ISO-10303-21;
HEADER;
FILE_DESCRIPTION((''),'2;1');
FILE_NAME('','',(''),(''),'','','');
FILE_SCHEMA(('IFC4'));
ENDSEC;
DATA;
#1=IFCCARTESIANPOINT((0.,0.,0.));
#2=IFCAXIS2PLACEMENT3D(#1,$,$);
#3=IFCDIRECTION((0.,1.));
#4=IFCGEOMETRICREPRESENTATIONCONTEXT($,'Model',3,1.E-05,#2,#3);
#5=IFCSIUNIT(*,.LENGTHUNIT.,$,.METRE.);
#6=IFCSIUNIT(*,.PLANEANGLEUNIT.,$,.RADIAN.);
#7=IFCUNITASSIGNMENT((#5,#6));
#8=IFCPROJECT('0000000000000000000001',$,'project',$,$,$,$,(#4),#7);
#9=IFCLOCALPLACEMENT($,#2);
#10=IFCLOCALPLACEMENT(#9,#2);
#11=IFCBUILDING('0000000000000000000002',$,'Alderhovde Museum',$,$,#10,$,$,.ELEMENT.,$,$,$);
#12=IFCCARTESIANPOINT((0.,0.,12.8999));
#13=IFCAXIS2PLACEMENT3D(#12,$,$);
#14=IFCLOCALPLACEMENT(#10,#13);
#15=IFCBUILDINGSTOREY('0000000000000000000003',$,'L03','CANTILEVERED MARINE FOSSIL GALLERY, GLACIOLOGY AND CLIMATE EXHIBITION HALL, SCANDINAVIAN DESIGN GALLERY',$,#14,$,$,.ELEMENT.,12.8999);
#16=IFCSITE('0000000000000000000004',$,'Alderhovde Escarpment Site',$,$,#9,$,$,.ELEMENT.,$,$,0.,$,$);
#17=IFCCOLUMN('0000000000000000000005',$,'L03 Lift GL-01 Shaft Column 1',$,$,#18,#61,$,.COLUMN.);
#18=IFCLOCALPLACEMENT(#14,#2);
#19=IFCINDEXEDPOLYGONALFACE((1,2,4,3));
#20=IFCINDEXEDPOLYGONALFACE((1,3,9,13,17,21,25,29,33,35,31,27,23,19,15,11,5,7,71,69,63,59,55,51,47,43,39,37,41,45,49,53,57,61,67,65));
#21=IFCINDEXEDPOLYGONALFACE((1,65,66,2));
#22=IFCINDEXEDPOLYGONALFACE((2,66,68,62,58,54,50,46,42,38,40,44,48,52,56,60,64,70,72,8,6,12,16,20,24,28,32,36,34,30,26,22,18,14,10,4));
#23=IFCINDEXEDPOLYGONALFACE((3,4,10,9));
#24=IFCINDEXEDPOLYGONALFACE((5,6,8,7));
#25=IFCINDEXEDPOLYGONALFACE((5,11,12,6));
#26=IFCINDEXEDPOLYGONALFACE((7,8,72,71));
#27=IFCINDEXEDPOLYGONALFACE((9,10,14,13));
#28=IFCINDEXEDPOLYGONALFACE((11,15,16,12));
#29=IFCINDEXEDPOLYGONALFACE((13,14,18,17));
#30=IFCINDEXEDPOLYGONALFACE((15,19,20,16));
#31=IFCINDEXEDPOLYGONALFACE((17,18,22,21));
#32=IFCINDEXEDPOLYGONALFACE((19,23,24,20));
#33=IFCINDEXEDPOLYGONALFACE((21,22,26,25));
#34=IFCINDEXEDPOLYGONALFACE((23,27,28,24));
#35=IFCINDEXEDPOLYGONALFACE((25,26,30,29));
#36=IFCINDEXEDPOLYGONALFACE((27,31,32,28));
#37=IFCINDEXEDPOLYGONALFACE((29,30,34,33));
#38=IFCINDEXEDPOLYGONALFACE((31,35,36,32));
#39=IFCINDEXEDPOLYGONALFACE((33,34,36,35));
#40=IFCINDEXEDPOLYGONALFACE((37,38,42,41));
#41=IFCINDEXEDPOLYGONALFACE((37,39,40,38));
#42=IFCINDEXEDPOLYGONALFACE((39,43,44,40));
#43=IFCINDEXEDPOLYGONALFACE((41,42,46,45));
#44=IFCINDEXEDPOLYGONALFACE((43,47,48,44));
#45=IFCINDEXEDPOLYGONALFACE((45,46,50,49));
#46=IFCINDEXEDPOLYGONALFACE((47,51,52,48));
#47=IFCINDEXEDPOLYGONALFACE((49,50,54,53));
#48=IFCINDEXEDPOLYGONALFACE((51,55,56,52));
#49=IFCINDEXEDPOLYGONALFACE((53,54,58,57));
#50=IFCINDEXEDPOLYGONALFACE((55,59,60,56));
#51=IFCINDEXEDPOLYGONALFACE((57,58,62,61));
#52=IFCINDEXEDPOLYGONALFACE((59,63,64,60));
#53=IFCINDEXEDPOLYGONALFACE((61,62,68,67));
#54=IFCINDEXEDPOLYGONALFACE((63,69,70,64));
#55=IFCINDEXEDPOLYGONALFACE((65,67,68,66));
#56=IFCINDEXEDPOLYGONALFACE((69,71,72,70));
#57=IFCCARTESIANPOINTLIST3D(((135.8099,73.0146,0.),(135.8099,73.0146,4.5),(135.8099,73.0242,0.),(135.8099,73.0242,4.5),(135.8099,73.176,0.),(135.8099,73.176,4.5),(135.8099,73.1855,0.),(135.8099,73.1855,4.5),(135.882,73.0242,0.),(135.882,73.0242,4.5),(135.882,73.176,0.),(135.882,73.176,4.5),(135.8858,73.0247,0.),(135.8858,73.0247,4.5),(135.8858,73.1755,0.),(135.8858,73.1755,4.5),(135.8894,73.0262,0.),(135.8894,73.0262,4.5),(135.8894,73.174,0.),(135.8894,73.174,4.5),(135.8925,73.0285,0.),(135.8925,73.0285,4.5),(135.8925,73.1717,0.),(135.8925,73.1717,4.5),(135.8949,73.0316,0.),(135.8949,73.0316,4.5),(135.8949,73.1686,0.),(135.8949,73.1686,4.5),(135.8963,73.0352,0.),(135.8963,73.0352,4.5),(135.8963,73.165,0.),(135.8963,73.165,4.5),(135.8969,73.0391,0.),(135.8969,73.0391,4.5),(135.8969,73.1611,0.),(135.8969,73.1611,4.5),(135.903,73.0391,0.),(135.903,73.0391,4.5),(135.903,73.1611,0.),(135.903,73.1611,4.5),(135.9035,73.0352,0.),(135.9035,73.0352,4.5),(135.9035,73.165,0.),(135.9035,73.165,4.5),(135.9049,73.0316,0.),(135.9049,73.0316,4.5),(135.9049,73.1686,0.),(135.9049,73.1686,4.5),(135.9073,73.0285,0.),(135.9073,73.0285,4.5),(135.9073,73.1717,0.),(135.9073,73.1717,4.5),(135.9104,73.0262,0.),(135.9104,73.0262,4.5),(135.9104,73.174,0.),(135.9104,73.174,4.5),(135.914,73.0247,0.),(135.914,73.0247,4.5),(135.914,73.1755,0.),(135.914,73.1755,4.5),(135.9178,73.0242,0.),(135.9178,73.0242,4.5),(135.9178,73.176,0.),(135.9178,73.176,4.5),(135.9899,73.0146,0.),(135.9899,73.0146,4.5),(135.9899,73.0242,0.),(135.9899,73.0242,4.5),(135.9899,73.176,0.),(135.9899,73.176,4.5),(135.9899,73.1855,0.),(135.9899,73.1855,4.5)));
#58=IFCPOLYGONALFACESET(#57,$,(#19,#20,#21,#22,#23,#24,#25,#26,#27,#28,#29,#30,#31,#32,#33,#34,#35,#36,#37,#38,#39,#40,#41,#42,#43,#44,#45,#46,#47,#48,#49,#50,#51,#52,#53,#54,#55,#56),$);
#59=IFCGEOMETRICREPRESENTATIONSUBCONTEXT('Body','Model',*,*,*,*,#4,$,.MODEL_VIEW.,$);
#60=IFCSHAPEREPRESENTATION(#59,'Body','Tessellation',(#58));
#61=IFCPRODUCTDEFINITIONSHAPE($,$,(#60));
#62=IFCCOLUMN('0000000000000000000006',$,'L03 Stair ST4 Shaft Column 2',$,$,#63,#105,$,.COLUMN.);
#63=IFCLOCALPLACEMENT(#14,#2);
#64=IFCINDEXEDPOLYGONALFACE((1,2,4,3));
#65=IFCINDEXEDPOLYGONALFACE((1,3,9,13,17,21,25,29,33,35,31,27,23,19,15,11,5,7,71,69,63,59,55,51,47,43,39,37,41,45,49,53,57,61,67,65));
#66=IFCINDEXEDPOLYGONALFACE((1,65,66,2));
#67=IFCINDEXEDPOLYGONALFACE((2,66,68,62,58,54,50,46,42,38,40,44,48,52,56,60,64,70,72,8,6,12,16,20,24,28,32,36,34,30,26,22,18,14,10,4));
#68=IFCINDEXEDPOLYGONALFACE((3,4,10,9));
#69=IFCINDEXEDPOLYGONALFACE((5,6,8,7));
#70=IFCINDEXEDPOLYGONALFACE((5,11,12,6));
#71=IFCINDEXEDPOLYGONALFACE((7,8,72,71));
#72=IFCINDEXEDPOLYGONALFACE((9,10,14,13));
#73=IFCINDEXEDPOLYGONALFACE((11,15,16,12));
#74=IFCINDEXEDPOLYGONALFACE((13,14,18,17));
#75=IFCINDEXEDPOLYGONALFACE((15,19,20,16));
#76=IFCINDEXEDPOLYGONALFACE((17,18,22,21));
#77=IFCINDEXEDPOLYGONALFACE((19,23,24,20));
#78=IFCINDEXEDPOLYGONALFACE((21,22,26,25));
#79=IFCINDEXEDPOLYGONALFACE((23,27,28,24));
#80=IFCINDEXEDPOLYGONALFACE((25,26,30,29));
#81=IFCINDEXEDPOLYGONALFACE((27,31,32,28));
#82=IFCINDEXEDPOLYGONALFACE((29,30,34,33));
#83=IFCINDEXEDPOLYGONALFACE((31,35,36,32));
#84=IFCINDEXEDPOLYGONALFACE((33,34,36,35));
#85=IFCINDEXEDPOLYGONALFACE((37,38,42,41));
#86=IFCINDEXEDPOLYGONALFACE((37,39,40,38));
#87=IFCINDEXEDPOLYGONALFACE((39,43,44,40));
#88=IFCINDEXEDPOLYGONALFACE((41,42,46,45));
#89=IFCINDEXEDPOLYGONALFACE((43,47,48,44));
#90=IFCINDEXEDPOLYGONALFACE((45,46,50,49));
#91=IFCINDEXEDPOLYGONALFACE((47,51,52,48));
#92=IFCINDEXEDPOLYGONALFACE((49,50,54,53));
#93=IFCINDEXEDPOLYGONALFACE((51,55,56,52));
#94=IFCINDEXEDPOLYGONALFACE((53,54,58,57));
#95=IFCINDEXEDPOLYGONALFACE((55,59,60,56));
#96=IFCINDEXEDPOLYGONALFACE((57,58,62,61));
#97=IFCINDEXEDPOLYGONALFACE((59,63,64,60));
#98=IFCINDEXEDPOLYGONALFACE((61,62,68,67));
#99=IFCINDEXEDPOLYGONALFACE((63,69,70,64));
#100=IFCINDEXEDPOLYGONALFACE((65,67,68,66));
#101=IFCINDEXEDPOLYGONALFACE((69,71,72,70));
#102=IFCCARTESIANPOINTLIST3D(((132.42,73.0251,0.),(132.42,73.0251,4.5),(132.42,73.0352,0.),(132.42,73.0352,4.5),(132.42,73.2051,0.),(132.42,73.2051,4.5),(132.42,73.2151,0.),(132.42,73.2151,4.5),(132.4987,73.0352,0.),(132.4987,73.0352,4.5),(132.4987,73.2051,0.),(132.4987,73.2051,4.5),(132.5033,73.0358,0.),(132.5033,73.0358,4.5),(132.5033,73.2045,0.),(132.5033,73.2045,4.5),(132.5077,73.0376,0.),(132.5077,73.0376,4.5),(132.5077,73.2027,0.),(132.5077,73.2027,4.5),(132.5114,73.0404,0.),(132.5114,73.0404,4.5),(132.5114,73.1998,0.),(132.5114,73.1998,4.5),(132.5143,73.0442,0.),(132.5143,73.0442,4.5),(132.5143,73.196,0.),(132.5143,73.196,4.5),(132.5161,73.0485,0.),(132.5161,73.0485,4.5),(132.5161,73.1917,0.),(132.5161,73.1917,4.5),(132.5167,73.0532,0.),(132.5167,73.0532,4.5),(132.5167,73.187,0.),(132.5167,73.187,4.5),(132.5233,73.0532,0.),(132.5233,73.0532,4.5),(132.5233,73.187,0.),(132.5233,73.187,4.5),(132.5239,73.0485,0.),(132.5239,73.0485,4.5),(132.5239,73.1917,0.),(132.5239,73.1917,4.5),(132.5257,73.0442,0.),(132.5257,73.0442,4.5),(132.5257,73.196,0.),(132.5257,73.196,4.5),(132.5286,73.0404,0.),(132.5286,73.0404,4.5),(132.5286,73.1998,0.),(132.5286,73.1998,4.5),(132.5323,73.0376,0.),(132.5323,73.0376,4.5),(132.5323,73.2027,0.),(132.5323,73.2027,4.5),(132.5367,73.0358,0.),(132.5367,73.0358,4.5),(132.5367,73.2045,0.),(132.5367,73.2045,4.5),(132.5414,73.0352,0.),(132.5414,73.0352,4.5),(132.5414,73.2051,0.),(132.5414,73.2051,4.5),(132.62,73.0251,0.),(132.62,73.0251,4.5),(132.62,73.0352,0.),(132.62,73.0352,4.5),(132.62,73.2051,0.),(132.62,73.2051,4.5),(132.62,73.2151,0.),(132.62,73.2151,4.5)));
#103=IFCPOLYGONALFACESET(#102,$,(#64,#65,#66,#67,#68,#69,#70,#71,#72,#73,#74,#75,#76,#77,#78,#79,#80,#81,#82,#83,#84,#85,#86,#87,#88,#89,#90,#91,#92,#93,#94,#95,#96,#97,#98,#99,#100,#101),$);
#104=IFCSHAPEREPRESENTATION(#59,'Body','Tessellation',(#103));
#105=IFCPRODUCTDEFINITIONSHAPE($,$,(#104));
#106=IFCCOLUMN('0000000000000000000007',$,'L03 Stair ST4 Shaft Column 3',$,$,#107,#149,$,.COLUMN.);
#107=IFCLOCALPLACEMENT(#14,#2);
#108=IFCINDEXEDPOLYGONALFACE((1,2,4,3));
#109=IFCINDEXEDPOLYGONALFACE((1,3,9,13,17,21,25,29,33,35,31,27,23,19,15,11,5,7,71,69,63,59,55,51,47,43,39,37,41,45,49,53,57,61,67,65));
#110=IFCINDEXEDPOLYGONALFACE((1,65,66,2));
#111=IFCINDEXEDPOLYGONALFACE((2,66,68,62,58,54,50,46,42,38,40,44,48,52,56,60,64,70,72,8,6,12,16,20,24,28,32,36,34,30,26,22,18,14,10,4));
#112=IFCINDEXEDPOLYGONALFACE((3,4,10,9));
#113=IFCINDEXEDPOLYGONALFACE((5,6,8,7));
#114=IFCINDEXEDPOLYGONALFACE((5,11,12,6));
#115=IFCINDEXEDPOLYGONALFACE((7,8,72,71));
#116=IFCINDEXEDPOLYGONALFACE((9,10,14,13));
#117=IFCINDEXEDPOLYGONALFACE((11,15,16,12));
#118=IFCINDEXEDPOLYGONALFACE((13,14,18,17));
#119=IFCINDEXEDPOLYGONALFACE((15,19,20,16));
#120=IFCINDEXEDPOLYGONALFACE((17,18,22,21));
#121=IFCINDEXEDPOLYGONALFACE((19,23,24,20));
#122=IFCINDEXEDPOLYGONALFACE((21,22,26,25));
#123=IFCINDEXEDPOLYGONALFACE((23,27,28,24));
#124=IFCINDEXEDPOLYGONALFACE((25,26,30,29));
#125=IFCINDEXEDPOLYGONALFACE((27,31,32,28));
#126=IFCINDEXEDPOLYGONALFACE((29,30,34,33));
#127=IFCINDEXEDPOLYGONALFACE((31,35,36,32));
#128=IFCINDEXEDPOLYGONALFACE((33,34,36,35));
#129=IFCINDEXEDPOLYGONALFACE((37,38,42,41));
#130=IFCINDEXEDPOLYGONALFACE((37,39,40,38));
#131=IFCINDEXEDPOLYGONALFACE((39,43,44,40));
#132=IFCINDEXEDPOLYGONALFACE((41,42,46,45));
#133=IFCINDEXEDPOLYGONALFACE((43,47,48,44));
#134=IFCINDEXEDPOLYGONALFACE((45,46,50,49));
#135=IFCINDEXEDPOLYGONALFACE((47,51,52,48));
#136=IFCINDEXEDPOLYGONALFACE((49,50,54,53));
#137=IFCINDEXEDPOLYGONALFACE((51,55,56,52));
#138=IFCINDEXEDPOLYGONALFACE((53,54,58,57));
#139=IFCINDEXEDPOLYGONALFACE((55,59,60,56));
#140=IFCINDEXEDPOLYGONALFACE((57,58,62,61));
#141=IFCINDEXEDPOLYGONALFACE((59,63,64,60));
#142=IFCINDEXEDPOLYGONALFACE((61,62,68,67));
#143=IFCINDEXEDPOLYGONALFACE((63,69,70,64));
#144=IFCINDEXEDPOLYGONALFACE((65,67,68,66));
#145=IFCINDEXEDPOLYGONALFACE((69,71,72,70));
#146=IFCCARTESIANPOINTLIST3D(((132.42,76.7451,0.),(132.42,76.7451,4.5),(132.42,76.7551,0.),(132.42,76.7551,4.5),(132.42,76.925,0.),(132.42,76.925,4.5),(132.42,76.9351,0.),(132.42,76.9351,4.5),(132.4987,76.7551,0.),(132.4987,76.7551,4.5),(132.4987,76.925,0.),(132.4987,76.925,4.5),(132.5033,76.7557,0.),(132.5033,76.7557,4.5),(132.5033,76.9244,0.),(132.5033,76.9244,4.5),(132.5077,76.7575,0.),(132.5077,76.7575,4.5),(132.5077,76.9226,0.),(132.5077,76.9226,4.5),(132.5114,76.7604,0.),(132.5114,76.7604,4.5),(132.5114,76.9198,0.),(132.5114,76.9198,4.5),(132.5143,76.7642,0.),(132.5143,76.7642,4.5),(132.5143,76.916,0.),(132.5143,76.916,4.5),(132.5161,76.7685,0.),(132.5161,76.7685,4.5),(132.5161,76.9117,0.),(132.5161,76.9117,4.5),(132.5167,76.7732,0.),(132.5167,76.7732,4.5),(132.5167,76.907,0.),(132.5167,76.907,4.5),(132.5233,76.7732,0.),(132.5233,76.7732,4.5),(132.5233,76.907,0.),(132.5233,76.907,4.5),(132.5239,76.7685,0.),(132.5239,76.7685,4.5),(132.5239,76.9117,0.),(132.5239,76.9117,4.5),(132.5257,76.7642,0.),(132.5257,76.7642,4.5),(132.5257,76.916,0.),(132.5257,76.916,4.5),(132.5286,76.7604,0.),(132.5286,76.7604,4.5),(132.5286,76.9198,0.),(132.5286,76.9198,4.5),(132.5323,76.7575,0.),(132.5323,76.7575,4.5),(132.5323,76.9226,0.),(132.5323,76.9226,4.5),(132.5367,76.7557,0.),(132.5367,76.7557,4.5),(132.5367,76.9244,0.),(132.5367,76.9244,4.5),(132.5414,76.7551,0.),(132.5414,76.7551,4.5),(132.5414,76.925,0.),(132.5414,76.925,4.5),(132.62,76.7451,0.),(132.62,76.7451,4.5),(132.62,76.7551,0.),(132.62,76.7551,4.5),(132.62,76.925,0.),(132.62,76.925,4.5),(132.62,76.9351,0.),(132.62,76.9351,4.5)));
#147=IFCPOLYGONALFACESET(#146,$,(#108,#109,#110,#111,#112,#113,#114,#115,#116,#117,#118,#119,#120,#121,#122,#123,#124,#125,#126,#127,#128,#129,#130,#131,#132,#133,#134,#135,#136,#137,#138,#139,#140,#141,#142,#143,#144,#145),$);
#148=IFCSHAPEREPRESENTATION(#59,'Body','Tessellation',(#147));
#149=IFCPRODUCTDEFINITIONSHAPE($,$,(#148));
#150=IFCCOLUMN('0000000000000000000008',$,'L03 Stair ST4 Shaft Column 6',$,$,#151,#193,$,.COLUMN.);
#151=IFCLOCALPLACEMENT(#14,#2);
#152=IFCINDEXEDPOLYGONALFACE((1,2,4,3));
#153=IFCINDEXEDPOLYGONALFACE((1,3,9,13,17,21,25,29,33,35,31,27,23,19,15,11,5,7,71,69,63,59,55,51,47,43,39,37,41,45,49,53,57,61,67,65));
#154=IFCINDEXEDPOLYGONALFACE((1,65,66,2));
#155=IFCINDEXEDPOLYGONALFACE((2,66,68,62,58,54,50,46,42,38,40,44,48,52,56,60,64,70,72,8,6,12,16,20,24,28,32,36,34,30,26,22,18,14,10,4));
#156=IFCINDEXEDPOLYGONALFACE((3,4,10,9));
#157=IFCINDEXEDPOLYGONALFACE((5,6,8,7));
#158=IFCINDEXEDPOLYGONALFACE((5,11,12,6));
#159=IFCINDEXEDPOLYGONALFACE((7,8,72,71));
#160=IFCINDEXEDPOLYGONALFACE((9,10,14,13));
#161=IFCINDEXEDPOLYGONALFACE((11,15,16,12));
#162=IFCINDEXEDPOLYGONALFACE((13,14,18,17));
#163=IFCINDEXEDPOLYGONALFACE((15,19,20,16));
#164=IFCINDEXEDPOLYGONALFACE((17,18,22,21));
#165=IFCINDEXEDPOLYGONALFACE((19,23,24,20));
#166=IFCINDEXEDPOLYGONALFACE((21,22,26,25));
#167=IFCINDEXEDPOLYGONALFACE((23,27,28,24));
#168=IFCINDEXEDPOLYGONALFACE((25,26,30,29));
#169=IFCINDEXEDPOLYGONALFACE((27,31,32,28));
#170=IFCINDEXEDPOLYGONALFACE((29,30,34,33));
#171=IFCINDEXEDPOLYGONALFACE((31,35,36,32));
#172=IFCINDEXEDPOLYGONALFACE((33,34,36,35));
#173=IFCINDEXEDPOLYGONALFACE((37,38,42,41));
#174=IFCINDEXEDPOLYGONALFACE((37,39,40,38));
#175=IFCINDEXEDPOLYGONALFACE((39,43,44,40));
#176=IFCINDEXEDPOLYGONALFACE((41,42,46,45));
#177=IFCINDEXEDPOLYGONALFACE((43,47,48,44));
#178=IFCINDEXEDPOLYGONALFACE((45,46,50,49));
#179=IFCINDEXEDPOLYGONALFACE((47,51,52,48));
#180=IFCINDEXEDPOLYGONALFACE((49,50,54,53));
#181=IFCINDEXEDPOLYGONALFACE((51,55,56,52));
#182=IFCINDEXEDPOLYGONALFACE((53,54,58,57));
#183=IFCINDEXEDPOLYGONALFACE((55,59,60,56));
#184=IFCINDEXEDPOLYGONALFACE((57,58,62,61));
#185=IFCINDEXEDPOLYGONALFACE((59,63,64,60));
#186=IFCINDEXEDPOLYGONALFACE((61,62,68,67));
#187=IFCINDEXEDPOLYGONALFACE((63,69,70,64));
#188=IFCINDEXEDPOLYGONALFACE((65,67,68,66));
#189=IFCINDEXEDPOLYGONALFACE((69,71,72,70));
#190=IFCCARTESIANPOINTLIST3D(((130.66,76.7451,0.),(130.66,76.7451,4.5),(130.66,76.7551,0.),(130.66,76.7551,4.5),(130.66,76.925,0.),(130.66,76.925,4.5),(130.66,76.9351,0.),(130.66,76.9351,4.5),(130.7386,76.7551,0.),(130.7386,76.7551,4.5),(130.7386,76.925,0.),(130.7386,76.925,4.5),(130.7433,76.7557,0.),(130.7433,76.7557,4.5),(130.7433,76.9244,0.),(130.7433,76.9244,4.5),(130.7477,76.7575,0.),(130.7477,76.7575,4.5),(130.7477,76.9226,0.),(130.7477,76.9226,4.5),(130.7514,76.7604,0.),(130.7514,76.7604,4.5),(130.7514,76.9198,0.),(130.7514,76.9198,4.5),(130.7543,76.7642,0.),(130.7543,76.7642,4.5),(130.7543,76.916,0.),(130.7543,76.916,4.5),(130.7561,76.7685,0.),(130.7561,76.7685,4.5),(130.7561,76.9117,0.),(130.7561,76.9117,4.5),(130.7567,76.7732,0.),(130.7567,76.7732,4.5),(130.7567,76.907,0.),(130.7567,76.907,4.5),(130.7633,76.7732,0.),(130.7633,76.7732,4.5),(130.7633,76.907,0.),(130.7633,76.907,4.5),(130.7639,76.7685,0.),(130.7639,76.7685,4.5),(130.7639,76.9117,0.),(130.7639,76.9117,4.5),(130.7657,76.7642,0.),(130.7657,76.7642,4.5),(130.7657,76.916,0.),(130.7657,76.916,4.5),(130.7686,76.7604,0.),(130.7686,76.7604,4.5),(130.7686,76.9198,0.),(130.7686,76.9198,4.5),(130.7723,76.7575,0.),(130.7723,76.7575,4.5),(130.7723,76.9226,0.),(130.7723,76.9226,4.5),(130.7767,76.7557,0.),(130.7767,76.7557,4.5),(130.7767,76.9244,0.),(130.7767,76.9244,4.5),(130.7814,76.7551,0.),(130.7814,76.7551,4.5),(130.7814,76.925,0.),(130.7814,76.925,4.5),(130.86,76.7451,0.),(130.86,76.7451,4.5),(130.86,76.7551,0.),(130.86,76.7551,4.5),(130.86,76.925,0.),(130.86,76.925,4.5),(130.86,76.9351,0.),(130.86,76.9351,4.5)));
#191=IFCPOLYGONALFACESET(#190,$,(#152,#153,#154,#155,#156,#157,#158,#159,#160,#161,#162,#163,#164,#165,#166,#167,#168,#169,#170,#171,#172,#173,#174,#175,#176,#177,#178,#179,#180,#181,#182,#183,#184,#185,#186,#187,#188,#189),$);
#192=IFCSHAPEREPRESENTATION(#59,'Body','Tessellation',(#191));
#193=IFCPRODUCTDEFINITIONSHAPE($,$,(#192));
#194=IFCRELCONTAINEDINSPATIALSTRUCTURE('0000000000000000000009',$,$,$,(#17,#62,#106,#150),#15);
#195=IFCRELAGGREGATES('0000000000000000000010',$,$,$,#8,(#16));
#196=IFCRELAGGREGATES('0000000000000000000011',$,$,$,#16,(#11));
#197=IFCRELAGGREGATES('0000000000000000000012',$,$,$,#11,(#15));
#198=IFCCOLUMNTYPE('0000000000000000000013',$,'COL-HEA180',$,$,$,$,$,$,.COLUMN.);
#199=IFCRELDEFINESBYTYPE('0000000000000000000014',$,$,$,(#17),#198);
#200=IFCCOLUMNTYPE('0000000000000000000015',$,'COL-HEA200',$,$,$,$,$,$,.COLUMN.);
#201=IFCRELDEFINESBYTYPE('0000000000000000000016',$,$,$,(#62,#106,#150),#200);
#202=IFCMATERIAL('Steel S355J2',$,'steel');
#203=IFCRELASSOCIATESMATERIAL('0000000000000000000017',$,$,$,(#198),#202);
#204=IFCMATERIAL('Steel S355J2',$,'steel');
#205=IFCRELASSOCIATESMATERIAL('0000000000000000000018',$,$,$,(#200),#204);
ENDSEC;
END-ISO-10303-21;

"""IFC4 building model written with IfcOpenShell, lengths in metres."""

from ifc_helpers import new_model, si_unit, direction, frame, origin, origin_2d, place, context, subcontext, project, spatial, i_section, extrude, material, material_profile, profile_set, type_object, element, save


model = new_model("IFC4")

# Units and contexts
model_context = context("Model", 3, precision=1e-05, world=origin(), true_north=direction((0.0, 1.0)))
body_context = subcontext(model_context, "Body", "Model", "MODEL_VIEW")
ifc_project = project(units=[si_unit("LENGTHUNIT", "METRE"), si_unit("PLANEANGLEUNIT", "RADIAN")], contexts=[model_context])

# Site, building, storey
site_placement = place(None, origin())
site = spatial("IfcSite", under=ifc_project, at=site_placement, Name="Alderhovde Escarpment Site", CompositionType="ELEMENT", RefElevation=0.0)
building_placement = place(site_placement, origin())
building = spatial("IfcBuilding", under=site, at=building_placement, Name="Alderhovde Museum", CompositionType="ELEMENT")
storey_placement = place(building_placement, frame((0.0, 0.0, 12.8999)))
storey = spatial("IfcBuildingStorey", under=building, at=storey_placement, Name="L03", Description="CANTILEVERED MARINE FOSSIL GALLERY, GLACIOLOGY AND CLIMATE EXHIBITION HALL, SCANDINAVIAN DESIGN GALLERY", CompositionType="ELEMENT", Elevation=12.8999)

# Columns
ifc_material_1 = material(Name="Steel S355J2", Category="steel")
ifc_material_profile_1 = material_profile(ifc_material_1, i_section(OverallWidth=0.1799, OverallDepth=0.1709, WebThickness=0.0061, FlangeThickness=0.0095, FilletRadius=0.0149, at=origin_2d()), Name="HEA 180")
ifc_profile_set_1 = profile_set([ifc_material_profile_1], Name="Steel S355J2")
column_type_1 = type_object("IfcColumnType", Name="COL-HEA180", PredefinedType="COLUMN", material=ifc_profile_set_1)
column_1_placement = place(storey_placement, frame((135.8999, 73.1001, 0.0), z_axis=(0.0, 0.0, 1.0), x_axis=(1.0, 0.0, 0.0)))
element("IfcColumn", 1, at=column_1_placement, inside=storey, type_object=column_type_1, Name="L03 Lift GL-01 Shaft Column 1", PredefinedType="COLUMN", context=body_context, shape_type="SweptSolid", body=[
    extrude(i_section(OverallWidth=0.1799, OverallDepth=0.1709, WebThickness=0.0061, FlangeThickness=0.0095, FilletRadius=0.0149, at=origin_2d()), origin(), (0.0, 0.0, 1.0), 4.5),
])
ifc_material_2 = material(Name="Steel S355J2", Category="steel")
ifc_material_profile_2 = material_profile(ifc_material_2, i_section(OverallWidth=0.2, OverallDepth=0.1899, WebThickness=0.0066, FlangeThickness=0.01, FilletRadius=0.0181, at=origin_2d()), Name="HEA 200")
ifc_profile_set_2 = profile_set([ifc_material_profile_2], Name="Steel S355J2")
column_type_2 = type_object("IfcColumnType", Name="COL-HEA200", PredefinedType="COLUMN", material=ifc_profile_set_2)
for number, where, z_axis, x_axis, name in (
    (2, (132.52, 73.1201, 0.0), (0.0, 0.0, 1.0), (1.0, 0.0, 0.0), "L03 Stair ST4 Shaft Column 2"),
    (3, (132.52, 76.8401, 0.0), (0.0, 0.0, 1.0), (1.0, 0.0, 0.0), "L03 Stair ST4 Shaft Column 3"),
    (4, (130.76, 76.8401, 0.0), (0.0, 0.0, 1.0), (1.0, 0.0, 0.0), "L03 Stair ST4 Shaft Column 6"),
):
    element("IfcColumn", number, at=place(storey_placement, frame(where, z_axis=z_axis, x_axis=x_axis)), inside=storey, type_object=column_type_2, Name=name, PredefinedType="COLUMN", context=body_context, shape_type="SweptSolid", body=[
        extrude(i_section(OverallWidth=0.2, OverallDepth=0.1899, WebThickness=0.0066, FlangeThickness=0.01, FilletRadius=0.0181, at=origin_2d()), origin(), (0.0, 0.0, 1.0), 4.5),
    ])

save(model, "model.ifc")
